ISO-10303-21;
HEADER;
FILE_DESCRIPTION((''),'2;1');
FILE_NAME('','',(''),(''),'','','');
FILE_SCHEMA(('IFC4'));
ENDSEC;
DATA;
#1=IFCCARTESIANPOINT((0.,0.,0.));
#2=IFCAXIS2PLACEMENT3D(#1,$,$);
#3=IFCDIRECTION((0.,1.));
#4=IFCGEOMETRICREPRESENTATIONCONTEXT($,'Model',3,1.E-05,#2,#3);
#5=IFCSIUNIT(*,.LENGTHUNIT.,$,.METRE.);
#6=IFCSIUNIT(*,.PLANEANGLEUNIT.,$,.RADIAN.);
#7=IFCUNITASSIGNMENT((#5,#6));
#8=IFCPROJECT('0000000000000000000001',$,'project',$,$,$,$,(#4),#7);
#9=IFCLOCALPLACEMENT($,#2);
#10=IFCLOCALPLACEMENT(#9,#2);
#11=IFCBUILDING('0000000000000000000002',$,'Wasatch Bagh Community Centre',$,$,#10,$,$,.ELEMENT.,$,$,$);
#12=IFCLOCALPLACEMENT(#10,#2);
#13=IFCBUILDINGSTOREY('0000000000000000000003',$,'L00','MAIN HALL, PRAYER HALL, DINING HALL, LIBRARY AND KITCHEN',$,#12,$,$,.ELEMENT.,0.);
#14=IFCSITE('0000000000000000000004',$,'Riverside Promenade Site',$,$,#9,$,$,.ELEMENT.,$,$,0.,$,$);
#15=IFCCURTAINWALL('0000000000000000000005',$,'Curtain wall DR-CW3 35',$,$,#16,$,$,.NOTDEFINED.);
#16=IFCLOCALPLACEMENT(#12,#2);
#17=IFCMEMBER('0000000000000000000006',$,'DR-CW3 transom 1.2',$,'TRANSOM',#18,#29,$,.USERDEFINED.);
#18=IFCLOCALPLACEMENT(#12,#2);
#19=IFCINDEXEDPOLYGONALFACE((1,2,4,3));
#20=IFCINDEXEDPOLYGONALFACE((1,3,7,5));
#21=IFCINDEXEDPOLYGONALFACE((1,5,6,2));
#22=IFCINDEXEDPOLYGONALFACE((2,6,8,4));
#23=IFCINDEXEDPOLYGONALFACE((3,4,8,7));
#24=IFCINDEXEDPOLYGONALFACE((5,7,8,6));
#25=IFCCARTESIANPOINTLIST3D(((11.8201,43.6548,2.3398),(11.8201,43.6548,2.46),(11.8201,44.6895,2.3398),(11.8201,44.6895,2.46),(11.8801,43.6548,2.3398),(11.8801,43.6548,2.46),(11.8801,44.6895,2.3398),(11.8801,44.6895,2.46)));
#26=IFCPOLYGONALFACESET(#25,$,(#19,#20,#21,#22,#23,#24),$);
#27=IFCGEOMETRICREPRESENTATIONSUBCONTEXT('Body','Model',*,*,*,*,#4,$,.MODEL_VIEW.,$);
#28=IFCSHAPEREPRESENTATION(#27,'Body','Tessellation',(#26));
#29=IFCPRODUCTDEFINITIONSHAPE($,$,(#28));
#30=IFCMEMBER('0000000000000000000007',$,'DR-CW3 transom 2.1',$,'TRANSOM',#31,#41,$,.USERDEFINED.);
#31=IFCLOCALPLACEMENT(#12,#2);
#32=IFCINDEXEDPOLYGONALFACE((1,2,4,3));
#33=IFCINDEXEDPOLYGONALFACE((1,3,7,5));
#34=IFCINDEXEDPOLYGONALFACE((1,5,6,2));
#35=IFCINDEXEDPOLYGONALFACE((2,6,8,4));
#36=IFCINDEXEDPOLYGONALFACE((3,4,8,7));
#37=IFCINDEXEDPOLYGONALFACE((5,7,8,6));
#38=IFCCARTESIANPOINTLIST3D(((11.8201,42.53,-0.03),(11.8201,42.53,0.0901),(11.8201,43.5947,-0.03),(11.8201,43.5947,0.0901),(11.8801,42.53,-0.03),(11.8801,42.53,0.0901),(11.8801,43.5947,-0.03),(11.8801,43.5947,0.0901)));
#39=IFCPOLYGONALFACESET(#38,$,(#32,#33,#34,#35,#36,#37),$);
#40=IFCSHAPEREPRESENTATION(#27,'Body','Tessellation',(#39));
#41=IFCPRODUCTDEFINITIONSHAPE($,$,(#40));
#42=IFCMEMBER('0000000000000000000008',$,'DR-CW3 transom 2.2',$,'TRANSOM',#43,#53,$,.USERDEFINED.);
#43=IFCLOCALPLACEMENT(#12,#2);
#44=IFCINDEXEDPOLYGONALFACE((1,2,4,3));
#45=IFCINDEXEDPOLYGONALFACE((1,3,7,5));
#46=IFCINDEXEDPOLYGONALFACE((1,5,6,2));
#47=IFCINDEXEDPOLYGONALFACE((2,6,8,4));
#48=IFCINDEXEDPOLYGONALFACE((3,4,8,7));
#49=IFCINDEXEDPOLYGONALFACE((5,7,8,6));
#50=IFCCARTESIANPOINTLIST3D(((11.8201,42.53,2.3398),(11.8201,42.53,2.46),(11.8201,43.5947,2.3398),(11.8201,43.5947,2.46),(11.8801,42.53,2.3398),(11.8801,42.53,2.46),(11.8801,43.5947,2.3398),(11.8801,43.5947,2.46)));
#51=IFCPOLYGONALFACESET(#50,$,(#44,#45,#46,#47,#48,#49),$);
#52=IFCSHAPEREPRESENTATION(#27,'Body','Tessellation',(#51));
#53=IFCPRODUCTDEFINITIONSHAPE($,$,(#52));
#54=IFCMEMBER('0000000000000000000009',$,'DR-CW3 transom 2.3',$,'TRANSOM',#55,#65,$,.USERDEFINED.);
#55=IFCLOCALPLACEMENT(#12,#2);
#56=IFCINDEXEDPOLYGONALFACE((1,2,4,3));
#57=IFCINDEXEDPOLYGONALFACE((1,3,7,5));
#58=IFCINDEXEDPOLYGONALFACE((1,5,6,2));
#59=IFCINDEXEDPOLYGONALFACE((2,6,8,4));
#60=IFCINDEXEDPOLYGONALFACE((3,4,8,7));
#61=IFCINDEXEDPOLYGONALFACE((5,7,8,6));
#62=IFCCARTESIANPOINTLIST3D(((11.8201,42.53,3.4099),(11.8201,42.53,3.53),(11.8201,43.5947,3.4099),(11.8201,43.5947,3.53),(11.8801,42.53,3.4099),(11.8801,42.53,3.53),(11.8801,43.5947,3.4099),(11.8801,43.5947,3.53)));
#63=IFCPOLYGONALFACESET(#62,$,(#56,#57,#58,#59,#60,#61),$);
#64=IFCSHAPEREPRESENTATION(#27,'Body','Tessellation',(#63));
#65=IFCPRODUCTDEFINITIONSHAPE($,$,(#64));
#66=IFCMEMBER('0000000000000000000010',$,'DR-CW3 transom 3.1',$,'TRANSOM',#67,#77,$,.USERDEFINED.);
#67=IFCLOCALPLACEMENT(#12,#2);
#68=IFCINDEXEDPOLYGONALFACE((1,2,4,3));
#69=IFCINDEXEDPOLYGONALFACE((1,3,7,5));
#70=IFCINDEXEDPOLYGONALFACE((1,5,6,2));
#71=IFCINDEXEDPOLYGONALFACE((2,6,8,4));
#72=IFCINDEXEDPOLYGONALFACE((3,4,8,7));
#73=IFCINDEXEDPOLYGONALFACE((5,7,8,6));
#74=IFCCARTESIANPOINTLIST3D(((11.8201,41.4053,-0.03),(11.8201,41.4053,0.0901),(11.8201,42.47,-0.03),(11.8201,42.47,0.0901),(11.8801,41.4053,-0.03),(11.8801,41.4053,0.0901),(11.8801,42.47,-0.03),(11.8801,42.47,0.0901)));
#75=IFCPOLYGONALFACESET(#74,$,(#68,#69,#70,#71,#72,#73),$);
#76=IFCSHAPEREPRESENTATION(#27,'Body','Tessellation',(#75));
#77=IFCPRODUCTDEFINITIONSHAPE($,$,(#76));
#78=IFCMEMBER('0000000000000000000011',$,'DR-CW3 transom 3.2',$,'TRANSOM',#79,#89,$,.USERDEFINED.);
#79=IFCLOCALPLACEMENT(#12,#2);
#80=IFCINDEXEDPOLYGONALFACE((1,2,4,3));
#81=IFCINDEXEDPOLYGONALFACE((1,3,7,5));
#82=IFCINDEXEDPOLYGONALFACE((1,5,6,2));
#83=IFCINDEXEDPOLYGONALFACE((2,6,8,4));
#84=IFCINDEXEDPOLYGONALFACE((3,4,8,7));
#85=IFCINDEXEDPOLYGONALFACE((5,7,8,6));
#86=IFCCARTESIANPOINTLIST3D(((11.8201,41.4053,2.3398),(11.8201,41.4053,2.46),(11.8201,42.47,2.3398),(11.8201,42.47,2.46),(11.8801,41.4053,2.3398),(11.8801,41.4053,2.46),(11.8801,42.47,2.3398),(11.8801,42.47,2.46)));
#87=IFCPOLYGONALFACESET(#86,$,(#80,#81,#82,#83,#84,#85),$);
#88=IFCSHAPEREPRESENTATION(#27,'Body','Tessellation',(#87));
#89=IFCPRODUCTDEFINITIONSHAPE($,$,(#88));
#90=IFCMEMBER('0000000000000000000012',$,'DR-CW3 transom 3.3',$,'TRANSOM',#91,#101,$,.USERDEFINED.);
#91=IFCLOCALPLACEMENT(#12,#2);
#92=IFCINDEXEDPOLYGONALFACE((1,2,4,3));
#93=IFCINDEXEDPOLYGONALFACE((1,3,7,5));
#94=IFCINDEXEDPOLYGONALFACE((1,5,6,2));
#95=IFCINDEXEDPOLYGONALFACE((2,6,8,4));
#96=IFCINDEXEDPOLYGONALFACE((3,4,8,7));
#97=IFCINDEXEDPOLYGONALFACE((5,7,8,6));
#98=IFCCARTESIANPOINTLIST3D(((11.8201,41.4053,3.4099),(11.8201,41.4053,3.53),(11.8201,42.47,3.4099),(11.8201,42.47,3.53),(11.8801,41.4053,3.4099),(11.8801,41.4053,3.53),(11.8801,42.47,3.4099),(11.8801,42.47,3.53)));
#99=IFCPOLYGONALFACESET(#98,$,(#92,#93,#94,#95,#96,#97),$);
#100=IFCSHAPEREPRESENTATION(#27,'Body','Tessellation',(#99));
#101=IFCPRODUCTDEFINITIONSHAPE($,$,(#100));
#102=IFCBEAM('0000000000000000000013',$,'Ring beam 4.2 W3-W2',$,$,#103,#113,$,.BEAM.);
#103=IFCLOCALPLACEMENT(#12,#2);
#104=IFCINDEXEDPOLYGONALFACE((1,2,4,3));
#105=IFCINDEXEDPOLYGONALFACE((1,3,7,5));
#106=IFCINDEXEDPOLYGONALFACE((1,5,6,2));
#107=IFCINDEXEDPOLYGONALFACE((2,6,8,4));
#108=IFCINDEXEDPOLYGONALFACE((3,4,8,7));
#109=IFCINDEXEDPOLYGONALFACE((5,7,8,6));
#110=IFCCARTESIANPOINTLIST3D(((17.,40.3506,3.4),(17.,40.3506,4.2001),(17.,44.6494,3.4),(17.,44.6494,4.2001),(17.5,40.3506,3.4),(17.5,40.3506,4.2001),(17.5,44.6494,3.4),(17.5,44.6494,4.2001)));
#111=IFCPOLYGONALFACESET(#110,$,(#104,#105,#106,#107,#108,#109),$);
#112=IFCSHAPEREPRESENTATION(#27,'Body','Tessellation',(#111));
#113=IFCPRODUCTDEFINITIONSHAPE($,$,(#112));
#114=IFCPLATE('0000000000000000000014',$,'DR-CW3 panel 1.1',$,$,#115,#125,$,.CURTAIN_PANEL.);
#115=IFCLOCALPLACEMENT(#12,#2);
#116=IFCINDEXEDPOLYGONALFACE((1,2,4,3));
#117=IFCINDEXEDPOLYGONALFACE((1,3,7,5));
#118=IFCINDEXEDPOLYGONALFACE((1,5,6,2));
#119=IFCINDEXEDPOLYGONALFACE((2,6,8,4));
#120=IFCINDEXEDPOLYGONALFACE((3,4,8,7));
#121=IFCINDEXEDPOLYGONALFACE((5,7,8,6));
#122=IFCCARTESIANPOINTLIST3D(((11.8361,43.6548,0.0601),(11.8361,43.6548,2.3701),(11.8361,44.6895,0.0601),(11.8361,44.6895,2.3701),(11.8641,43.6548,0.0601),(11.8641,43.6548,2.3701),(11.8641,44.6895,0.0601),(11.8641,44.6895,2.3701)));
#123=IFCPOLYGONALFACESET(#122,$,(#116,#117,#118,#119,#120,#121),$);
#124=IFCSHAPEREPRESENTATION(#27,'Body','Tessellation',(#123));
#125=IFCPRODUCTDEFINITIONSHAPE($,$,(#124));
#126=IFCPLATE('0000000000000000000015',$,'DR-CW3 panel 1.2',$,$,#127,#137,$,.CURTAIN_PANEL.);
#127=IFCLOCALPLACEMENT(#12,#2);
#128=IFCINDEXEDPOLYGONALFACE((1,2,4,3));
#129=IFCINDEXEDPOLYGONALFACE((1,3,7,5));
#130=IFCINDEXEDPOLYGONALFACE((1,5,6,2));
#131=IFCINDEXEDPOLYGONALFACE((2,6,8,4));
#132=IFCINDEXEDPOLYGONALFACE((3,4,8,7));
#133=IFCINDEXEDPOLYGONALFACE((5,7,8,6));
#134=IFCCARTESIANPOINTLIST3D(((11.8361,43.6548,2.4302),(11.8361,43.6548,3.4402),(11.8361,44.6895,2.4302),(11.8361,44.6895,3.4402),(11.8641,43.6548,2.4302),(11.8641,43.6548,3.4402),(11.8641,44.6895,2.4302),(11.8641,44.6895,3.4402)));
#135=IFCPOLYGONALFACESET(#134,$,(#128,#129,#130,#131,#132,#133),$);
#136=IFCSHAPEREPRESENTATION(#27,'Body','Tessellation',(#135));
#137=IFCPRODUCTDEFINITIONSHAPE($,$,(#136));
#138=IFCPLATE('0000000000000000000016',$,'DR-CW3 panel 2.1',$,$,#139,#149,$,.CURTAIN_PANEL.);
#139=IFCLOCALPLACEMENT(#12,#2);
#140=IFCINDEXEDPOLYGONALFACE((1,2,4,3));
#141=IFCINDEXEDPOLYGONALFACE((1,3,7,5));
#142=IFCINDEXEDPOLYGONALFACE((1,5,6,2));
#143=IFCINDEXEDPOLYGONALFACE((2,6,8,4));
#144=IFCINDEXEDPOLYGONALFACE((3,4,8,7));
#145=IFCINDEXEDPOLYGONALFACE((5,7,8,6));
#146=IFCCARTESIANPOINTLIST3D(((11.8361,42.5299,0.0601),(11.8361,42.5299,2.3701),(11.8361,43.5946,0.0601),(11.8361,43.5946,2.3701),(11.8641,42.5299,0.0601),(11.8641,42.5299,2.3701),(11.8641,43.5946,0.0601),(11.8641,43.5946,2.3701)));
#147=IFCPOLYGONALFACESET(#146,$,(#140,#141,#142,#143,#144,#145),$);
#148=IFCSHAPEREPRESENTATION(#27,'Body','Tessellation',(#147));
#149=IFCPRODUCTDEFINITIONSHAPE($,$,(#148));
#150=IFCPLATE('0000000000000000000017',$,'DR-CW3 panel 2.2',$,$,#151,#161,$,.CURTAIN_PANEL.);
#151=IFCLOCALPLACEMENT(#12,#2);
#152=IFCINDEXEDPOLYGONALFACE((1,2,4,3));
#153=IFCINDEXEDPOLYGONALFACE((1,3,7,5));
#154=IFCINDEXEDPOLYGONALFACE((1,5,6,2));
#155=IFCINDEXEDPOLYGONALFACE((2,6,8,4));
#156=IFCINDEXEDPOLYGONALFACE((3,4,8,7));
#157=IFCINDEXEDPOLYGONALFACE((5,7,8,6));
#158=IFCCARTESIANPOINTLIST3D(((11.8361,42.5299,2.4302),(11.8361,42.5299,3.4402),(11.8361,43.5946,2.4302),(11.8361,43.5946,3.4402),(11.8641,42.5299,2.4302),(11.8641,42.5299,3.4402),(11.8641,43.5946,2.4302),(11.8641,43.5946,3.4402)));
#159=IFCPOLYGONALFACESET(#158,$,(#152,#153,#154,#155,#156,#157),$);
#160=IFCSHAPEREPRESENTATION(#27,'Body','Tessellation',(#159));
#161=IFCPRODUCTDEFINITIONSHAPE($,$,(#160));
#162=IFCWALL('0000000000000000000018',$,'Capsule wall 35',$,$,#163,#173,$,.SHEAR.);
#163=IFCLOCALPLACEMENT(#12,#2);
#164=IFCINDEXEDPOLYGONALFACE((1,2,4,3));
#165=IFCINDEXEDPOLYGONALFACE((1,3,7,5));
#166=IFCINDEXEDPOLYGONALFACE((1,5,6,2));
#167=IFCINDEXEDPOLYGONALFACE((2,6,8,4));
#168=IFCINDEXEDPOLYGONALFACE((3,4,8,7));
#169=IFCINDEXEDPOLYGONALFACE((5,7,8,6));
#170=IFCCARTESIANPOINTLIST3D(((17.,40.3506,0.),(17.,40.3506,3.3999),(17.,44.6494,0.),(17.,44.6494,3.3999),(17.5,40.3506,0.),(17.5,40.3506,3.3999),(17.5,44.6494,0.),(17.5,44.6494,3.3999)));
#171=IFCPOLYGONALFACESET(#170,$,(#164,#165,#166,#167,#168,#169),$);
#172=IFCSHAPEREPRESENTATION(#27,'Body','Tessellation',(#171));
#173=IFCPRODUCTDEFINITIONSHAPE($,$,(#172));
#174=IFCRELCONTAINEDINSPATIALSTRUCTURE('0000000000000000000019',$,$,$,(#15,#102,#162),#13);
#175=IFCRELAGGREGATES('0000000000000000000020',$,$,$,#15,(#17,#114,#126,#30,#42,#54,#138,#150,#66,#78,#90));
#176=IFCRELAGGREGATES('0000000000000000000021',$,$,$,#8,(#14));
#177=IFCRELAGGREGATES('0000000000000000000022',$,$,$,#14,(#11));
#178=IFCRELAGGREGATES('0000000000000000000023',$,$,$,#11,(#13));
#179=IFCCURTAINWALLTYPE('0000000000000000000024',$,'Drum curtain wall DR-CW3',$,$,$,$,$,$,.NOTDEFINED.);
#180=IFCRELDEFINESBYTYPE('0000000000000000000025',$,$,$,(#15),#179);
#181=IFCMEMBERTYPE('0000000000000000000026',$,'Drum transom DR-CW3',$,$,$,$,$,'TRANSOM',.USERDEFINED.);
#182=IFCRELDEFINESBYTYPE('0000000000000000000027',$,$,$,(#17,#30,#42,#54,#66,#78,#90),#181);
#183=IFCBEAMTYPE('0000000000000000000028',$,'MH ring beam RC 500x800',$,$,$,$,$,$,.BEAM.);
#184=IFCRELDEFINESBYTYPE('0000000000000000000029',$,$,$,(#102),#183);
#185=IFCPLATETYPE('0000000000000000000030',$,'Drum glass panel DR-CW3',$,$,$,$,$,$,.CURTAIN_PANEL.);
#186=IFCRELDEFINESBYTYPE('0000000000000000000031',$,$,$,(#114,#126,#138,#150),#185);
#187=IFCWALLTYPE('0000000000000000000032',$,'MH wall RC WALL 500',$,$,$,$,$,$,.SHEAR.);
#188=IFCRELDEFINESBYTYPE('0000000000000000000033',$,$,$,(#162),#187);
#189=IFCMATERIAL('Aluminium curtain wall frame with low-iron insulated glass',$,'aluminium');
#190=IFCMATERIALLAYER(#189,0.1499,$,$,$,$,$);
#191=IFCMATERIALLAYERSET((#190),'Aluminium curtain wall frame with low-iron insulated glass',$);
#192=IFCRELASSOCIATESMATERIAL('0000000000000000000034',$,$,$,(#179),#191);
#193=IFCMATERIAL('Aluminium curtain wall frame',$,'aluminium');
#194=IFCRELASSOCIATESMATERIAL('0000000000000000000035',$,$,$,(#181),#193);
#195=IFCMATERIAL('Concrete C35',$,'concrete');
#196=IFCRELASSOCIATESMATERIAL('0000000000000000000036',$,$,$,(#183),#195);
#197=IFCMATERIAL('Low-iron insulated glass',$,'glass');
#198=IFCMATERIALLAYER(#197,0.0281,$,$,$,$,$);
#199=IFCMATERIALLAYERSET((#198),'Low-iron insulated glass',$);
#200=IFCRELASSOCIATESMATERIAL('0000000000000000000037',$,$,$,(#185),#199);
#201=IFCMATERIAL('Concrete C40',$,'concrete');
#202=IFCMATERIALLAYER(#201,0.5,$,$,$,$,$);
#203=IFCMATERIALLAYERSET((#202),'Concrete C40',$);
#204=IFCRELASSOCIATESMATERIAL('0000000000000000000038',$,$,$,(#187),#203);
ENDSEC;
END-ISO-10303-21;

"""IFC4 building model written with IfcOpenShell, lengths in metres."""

from ifc_helpers import new_model, si_unit, direction, frame, frame_2d, origin, origin_2d, place, context, subcontext, project, spatial, rectangle, extrude, material, layer, layer_set, material_profile, profile_set, type_object, element, aggregate, save


model = new_model("IFC4")

# Units and contexts
model_context = context("Model", 3, precision=1e-05, world=origin(), true_north=direction((0.0, 1.0)))
body_context = subcontext(model_context, "Body", "Model", "MODEL_VIEW")
ifc_project = project(units=[si_unit("LENGTHUNIT", "METRE"), si_unit("PLANEANGLEUNIT", "RADIAN")], contexts=[model_context])

# Site, building, storey
site_placement = place(None, origin())
site = spatial("IfcSite", under=ifc_project, at=site_placement, Name="Riverside Promenade Site", CompositionType="ELEMENT", RefElevation=0.0)
building_placement = place(site_placement, origin())
building = spatial("IfcBuilding", under=site, at=building_placement, Name="Wasatch Bagh Community Centre", CompositionType="ELEMENT")
storey_placement = place(building_placement, origin())
storey = spatial("IfcBuildingStorey", under=building, at=storey_placement, Name="L00", Description="MAIN HALL, PRAYER HALL, DINING HALL, LIBRARY AND KITCHEN", CompositionType="ELEMENT", Elevation=0.0)

# Shared definitions
ifc_material_1 = material(Name="Concrete C35", Category="concrete")

# Curtain wall, members
ifc_material_2 = material(Name="Aluminium curtain wall frame with low-iron insulated glass", Category="aluminium")
ifc_layer_1 = layer(ifc_material_2, 0.1499)
ifc_layer_set_1 = layer_set([ifc_layer_1], Name="Aluminium curtain wall frame with low-iron insulated glass")
curtain_wall_type = type_object("IfcCurtainWallType", Name="Drum curtain wall DR-CW3", PredefinedType="NOTDEFINED", material=ifc_layer_set_1)
curtain_wall_placement = place(storey_placement, origin())
curtain_wall = element("IfcCurtainWall", 1, at=curtain_wall_placement, inside=storey, type_object=curtain_wall_type, Name="Curtain wall DR-CW3 35", PredefinedType="NOTDEFINED")
ifc_material_3 = material(Name="Aluminium curtain wall frame", Category="aluminium")
ifc_material_profile_1 = material_profile(ifc_material_3, rectangle(XDim=0.0601, YDim=0.1201, at=origin_2d()), Name="Drum transom DR-CW3")
ifc_profile_set_1 = profile_set([ifc_material_profile_1], Name="Aluminium curtain wall frame")
member_type_1 = type_object("IfcMemberType", Name="Drum transom DR-CW3", ElementType="TRANSOM", PredefinedType="USERDEFINED", material=ifc_profile_set_1)
member_1_placement = place(storey_placement, frame((11.8501, 44.6895, 2.3999), z_axis=(0.0, -1.0, 0.0), x_axis=(1.0, 0.0, 0.0)))
member_1 = element("IfcMember", 2, at=member_1_placement, type_object=member_type_1, Name="DR-CW3 transom 1.2", ObjectType="TRANSOM", PredefinedType="USERDEFINED", context=body_context, shape_type="SweptSolid", body=[
    extrude(rectangle(XDim=0.0601, YDim=0.1201, at=origin_2d()), origin(), (0.0, 0.0, 1.0), 1.0347),
])
member_2_placement = place(storey_placement, frame((11.8501, 43.5947, 0.03), z_axis=(0.0, -1.0, 0.0), x_axis=(1.0, 0.0, 0.0)))
member_2 = element("IfcMember", 3, at=member_2_placement, type_object=member_type_1, Name="DR-CW3 transom 2.1", ObjectType="TRANSOM", PredefinedType="USERDEFINED", context=body_context, shape_type="SweptSolid", body=[
    extrude(rectangle(XDim=0.0601, YDim=0.1201, at=origin_2d()), origin(), (0.0, 0.0, 1.0), 1.0647),
])
member_3_placement = place(storey_placement, frame((11.8501, 43.5947, 2.3999), z_axis=(0.0, -1.0, 0.0), x_axis=(1.0, 0.0, 0.0)))
member_3 = element("IfcMember", 4, at=member_3_placement, type_object=member_type_1, Name="DR-CW3 transom 2.2", ObjectType="TRANSOM", PredefinedType="USERDEFINED", context=body_context, shape_type="SweptSolid", body=[
    extrude(rectangle(XDim=0.0601, YDim=0.1201, at=origin_2d()), origin(), (0.0, 0.0, 1.0), 1.0647),
])
member_4_placement = place(storey_placement, frame((11.8501, 43.5947, 3.47), z_axis=(0.0, -1.0, 0.0), x_axis=(1.0, 0.0, 0.0)))
member_4 = element("IfcMember", 5, at=member_4_placement, type_object=member_type_1, Name="DR-CW3 transom 2.3", ObjectType="TRANSOM", PredefinedType="USERDEFINED", context=body_context, shape_type="SweptSolid", body=[
    extrude(rectangle(XDim=0.0601, YDim=0.1201, at=origin_2d()), origin(), (0.0, 0.0, 1.0), 1.0647),
])
member_5_placement = place(storey_placement, frame((11.8501, 42.47, 0.03), z_axis=(0.0, -1.0, 0.0), x_axis=(1.0, 0.0, 0.0)))
member_5 = element("IfcMember", 6, at=member_5_placement, type_object=member_type_1, Name="DR-CW3 transom 3.1", ObjectType="TRANSOM", PredefinedType="USERDEFINED", context=body_context, shape_type="SweptSolid", body=[
    extrude(rectangle(XDim=0.0601, YDim=0.1201, at=origin_2d()), origin(), (0.0, 0.0, 1.0), 1.0647),
])
member_6_placement = place(storey_placement, frame((11.8501, 42.47, 2.3999), z_axis=(0.0, -1.0, 0.0), x_axis=(1.0, 0.0, 0.0)))
member_6 = element("IfcMember", 7, at=member_6_placement, type_object=member_type_1, Name="DR-CW3 transom 3.2", ObjectType="TRANSOM", PredefinedType="USERDEFINED", context=body_context, shape_type="SweptSolid", body=[
    extrude(rectangle(XDim=0.0601, YDim=0.1201, at=origin_2d()), origin(), (0.0, 0.0, 1.0), 1.0647),
])
member_7_placement = place(storey_placement, frame((11.8501, 42.47, 3.47), z_axis=(0.0, -1.0, 0.0), x_axis=(1.0, 0.0, 0.0)))
member_7 = element("IfcMember", 8, at=member_7_placement, type_object=member_type_1, Name="DR-CW3 transom 3.3", ObjectType="TRANSOM", PredefinedType="USERDEFINED", context=body_context, shape_type="SweptSolid", body=[
    extrude(rectangle(XDim=0.0601, YDim=0.1201, at=origin_2d()), origin(), (0.0, 0.0, 1.0), 1.0647),
])

# Beam
ifc_material_profile_2 = material_profile(ifc_material_1, rectangle(XDim=0.5, YDim=0.8, at=origin_2d()), Name="RC 500x800")
ifc_profile_set_2 = profile_set([ifc_material_profile_2], Name="Concrete C35")
beam_type = type_object("IfcBeamType", Name="MH ring beam RC 500x800", PredefinedType="BEAM", material=ifc_profile_set_2)
beam_placement = place(storey_placement, frame((17.25, 44.6494, 3.8), z_axis=(0.0, -1.0, 0.0), x_axis=(1.0, 0.0, 0.0)))
element("IfcBeam", 9, at=beam_placement, inside=storey, type_object=beam_type, Name="Ring beam 4.2 W3-W2", PredefinedType="BEAM", context=body_context, shape_type="SweptSolid", body=[
    extrude(rectangle(XDim=0.5, YDim=0.8, at=origin_2d()), origin(), (0.0, 0.0, 1.0), 4.2988),
])

# Plates
ifc_material_4 = material(Name="Low-iron insulated glass", Category="glass")
ifc_layer_2 = layer(ifc_material_4, 0.0281)
ifc_layer_set_2 = layer_set([ifc_layer_2], Name="Low-iron insulated glass")
plate_type = type_object("IfcPlateType", Name="Drum glass panel DR-CW3", PredefinedType="CURTAIN_PANEL", material=ifc_layer_set_2)
plate_1_placement = place(storey_placement, frame((11.8501, 44.1721, 0.0601), z_axis=(0.0, 0.0, 1.0), x_axis=(0.0, -1.0, 0.0)))
plate_1 = element("IfcPlate", 10, at=plate_1_placement, type_object=plate_type, Name="DR-CW3 panel 1.1", PredefinedType="CURTAIN_PANEL", context=body_context, shape_type="SweptSolid", body=[
    extrude(rectangle(XDim=1.0347, YDim=0.0281, at=origin_2d()), origin(), (0.0, 0.0, 1.0), 2.3101),
])
plate_2_placement = place(storey_placement, frame((11.8501, 44.1721, 2.4302), z_axis=(0.0, 0.0, 1.0), x_axis=(0.0, -1.0, 0.0)))
plate_2 = element("IfcPlate", 11, at=plate_2_placement, type_object=plate_type, Name="DR-CW3 panel 1.2", PredefinedType="CURTAIN_PANEL", context=body_context, shape_type="SweptSolid", body=[
    extrude(rectangle(XDim=1.0347, YDim=0.0281, at=origin_2d()), origin(), (0.0, 0.0, 1.0), 1.01),
])
plate_3_placement = place(storey_placement, frame((11.8501, 43.0623, 0.0601), z_axis=(0.0, 0.0, 1.0), x_axis=(0.0, -1.0, 0.0)))
plate_3 = element("IfcPlate", 12, at=plate_3_placement, type_object=plate_type, Name="DR-CW3 panel 2.1", PredefinedType="CURTAIN_PANEL", context=body_context, shape_type="SweptSolid", body=[
    extrude(rectangle(XDim=1.0647, YDim=0.0281, at=origin_2d()), origin(), (0.0, 0.0, 1.0), 2.3101),
])
plate_4_placement = place(storey_placement, frame((11.8501, 43.0623, 2.4302), z_axis=(0.0, 0.0, 1.0), x_axis=(0.0, -1.0, 0.0)))
plate_4 = element("IfcPlate", 13, at=plate_4_placement, type_object=plate_type, Name="DR-CW3 panel 2.2", PredefinedType="CURTAIN_PANEL", context=body_context, shape_type="SweptSolid", body=[
    extrude(rectangle(XDim=1.0647, YDim=0.0281, at=origin_2d()), origin(), (0.0, 0.0, 1.0), 1.01),
])
aggregate(curtain_wall, [member_1, plate_1, plate_2, member_2, member_3, member_4, plate_3, plate_4, member_5, member_6, member_7])

# Wall
ifc_material_5 = material(Name="Concrete C40", Category="concrete")
ifc_layer_3 = layer(ifc_material_5, 0.5)
ifc_layer_set_3 = layer_set([ifc_layer_3], Name="Concrete C40")
wall_type = type_object("IfcWallType", Name="MH wall RC WALL 500", PredefinedType="SHEAR", material=ifc_layer_set_3)
wall_placement = place(storey_placement, frame((17.25, 44.6494, 0.0), z_axis=(0.0, 0.0, 1.0), x_axis=(0.0, -1.0, 0.0)))
element("IfcWall", 14, at=wall_placement, inside=storey, type_object=wall_type, Name="Capsule wall 35", PredefinedType="SHEAR", context=body_context, shape_type="SweptSolid", body=[
    extrude(rectangle(XDim=4.2988, YDim=0.5, at=frame_2d((2.1494, 0.0))), origin(), (0.0, 0.0, 1.0), 3.3999),
])

save(model, "model.ifc")
